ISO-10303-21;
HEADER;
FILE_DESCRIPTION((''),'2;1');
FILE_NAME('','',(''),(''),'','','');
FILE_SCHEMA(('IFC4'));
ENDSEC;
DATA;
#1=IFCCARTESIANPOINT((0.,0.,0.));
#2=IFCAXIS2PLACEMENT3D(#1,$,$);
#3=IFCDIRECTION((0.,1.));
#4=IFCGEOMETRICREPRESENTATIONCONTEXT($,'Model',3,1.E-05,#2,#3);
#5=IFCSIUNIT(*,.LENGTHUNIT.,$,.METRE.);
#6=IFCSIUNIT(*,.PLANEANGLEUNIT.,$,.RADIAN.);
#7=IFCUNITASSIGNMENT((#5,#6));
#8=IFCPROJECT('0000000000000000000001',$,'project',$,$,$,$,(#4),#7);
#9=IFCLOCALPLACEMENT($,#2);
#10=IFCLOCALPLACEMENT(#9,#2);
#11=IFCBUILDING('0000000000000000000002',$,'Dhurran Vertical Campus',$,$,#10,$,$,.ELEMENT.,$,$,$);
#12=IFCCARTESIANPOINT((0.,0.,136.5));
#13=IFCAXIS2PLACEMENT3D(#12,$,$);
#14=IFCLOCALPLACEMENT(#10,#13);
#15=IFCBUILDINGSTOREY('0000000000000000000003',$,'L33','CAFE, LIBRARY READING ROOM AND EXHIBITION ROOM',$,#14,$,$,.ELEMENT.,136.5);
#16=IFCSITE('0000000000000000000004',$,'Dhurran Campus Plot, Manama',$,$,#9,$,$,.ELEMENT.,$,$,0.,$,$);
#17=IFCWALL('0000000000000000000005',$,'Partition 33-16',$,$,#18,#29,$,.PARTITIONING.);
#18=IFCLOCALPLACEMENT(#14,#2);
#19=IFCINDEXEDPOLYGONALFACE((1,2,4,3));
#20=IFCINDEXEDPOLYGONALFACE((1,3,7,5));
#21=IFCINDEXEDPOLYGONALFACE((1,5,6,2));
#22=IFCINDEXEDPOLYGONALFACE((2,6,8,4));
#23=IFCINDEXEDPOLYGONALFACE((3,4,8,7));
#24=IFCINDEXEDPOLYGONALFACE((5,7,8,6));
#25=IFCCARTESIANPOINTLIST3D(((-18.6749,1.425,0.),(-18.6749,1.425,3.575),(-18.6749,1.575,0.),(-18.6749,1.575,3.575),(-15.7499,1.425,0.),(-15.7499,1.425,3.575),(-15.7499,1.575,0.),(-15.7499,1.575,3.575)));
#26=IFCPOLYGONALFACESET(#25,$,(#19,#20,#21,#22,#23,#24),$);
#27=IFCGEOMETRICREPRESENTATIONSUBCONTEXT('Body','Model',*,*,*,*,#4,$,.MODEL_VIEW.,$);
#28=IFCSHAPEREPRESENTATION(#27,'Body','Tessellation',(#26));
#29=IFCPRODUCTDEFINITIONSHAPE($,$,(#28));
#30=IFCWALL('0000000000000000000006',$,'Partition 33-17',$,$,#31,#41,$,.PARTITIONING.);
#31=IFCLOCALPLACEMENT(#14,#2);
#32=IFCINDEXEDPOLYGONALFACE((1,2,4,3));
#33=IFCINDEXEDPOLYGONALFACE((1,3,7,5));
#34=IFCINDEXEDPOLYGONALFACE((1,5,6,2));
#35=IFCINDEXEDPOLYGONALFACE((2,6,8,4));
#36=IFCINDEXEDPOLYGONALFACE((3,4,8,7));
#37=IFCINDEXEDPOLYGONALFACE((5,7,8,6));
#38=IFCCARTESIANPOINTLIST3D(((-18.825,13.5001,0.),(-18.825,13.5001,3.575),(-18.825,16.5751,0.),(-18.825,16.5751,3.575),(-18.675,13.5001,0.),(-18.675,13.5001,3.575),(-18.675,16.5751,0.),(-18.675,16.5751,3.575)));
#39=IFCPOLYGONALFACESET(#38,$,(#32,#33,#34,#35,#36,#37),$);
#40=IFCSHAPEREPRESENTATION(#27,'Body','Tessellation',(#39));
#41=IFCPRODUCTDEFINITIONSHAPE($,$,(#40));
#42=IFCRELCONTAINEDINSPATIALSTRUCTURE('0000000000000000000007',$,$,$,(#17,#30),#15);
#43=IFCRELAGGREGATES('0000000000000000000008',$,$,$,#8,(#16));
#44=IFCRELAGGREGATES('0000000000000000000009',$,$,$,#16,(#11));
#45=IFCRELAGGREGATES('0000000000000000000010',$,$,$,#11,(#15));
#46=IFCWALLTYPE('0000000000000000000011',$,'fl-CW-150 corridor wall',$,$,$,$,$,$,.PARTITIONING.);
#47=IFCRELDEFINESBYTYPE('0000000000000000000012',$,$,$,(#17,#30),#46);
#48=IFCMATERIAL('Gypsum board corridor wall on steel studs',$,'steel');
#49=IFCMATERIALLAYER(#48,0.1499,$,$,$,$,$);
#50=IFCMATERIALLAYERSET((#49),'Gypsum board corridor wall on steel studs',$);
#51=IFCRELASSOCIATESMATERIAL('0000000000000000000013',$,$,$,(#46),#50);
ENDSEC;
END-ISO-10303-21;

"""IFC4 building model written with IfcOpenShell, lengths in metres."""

from ifc_helpers import new_model, si_unit, direction, frame, frame_2d, origin, place, context, subcontext, project, spatial, rectangle, extrude, material, layer, layer_set, type_object, element, save


model = new_model("IFC4")

# Units and contexts
model_context = context("Model", 3, precision=1e-05, world=origin(), true_north=direction((0.0, 1.0)))
body_context = subcontext(model_context, "Body", "Model", "MODEL_VIEW")
ifc_project = project(units=[si_unit("LENGTHUNIT", "METRE"), si_unit("PLANEANGLEUNIT", "RADIAN")], contexts=[model_context])

# Site, building, storey
site_placement = place(None, origin())
site = spatial("IfcSite", under=ifc_project, at=site_placement, Name="Dhurran Campus Plot, Manama", CompositionType="ELEMENT", RefElevation=0.0)
building_placement = place(site_placement, origin())
building = spatial("IfcBuilding", under=site, at=building_placement, Name="Dhurran Vertical Campus", CompositionType="ELEMENT")
storey_placement = place(building_placement, frame((0.0, 0.0, 136.5)))
storey = spatial("IfcBuildingStorey", under=building, at=storey_placement, Name="L33", Description="CAFE, LIBRARY READING ROOM AND EXHIBITION ROOM", CompositionType="ELEMENT", Elevation=136.5)

# Shared definitions
ifc_material_1 = material(Name="Gypsum board corridor wall on steel studs", Category="steel")
ifc_layer_1 = layer(ifc_material_1, 0.1499)
ifc_layer_set_1 = layer_set([ifc_layer_1], Name="Gypsum board corridor wall on steel studs")
wall_type_1 = type_object("IfcWallType", Name="fl-CW-150 corridor wall", PredefinedType="PARTITIONING", material=ifc_layer_set_1)

# Walls
wall_1_placement = place(storey_placement, frame((-15.75, 1.5, 0.0), z_axis=(0.0, 0.0, 1.0), x_axis=(-1.0, 0.0, 0.0)))
element("IfcWall", 1, at=wall_1_placement, inside=storey, type_object=wall_type_1, Name="Partition 33-16", PredefinedType="PARTITIONING", context=body_context, shape_type="SweptSolid", body=[
    extrude(rectangle(XDim=2.925, YDim=0.1499, at=frame_2d((1.4624, 0.0))), origin(), (0.0, 0.0, 1.0), 3.575),
])
wall_2_placement = place(storey_placement, frame((-18.75, 13.5, 0.0), z_axis=(0.0, 0.0, 1.0), x_axis=(0.0, 1.0, 0.0)))
element("IfcWall", 2, at=wall_2_placement, inside=storey, type_object=wall_type_1, Name="Partition 33-17", PredefinedType="PARTITIONING", context=body_context, shape_type="SweptSolid", body=[
    extrude(rectangle(XDim=3.075, YDim=0.1499, at=frame_2d((1.5376, 0.0))), origin(), (0.0, 0.0, 1.0), 3.575),
])

save(model, "model.ifc")
